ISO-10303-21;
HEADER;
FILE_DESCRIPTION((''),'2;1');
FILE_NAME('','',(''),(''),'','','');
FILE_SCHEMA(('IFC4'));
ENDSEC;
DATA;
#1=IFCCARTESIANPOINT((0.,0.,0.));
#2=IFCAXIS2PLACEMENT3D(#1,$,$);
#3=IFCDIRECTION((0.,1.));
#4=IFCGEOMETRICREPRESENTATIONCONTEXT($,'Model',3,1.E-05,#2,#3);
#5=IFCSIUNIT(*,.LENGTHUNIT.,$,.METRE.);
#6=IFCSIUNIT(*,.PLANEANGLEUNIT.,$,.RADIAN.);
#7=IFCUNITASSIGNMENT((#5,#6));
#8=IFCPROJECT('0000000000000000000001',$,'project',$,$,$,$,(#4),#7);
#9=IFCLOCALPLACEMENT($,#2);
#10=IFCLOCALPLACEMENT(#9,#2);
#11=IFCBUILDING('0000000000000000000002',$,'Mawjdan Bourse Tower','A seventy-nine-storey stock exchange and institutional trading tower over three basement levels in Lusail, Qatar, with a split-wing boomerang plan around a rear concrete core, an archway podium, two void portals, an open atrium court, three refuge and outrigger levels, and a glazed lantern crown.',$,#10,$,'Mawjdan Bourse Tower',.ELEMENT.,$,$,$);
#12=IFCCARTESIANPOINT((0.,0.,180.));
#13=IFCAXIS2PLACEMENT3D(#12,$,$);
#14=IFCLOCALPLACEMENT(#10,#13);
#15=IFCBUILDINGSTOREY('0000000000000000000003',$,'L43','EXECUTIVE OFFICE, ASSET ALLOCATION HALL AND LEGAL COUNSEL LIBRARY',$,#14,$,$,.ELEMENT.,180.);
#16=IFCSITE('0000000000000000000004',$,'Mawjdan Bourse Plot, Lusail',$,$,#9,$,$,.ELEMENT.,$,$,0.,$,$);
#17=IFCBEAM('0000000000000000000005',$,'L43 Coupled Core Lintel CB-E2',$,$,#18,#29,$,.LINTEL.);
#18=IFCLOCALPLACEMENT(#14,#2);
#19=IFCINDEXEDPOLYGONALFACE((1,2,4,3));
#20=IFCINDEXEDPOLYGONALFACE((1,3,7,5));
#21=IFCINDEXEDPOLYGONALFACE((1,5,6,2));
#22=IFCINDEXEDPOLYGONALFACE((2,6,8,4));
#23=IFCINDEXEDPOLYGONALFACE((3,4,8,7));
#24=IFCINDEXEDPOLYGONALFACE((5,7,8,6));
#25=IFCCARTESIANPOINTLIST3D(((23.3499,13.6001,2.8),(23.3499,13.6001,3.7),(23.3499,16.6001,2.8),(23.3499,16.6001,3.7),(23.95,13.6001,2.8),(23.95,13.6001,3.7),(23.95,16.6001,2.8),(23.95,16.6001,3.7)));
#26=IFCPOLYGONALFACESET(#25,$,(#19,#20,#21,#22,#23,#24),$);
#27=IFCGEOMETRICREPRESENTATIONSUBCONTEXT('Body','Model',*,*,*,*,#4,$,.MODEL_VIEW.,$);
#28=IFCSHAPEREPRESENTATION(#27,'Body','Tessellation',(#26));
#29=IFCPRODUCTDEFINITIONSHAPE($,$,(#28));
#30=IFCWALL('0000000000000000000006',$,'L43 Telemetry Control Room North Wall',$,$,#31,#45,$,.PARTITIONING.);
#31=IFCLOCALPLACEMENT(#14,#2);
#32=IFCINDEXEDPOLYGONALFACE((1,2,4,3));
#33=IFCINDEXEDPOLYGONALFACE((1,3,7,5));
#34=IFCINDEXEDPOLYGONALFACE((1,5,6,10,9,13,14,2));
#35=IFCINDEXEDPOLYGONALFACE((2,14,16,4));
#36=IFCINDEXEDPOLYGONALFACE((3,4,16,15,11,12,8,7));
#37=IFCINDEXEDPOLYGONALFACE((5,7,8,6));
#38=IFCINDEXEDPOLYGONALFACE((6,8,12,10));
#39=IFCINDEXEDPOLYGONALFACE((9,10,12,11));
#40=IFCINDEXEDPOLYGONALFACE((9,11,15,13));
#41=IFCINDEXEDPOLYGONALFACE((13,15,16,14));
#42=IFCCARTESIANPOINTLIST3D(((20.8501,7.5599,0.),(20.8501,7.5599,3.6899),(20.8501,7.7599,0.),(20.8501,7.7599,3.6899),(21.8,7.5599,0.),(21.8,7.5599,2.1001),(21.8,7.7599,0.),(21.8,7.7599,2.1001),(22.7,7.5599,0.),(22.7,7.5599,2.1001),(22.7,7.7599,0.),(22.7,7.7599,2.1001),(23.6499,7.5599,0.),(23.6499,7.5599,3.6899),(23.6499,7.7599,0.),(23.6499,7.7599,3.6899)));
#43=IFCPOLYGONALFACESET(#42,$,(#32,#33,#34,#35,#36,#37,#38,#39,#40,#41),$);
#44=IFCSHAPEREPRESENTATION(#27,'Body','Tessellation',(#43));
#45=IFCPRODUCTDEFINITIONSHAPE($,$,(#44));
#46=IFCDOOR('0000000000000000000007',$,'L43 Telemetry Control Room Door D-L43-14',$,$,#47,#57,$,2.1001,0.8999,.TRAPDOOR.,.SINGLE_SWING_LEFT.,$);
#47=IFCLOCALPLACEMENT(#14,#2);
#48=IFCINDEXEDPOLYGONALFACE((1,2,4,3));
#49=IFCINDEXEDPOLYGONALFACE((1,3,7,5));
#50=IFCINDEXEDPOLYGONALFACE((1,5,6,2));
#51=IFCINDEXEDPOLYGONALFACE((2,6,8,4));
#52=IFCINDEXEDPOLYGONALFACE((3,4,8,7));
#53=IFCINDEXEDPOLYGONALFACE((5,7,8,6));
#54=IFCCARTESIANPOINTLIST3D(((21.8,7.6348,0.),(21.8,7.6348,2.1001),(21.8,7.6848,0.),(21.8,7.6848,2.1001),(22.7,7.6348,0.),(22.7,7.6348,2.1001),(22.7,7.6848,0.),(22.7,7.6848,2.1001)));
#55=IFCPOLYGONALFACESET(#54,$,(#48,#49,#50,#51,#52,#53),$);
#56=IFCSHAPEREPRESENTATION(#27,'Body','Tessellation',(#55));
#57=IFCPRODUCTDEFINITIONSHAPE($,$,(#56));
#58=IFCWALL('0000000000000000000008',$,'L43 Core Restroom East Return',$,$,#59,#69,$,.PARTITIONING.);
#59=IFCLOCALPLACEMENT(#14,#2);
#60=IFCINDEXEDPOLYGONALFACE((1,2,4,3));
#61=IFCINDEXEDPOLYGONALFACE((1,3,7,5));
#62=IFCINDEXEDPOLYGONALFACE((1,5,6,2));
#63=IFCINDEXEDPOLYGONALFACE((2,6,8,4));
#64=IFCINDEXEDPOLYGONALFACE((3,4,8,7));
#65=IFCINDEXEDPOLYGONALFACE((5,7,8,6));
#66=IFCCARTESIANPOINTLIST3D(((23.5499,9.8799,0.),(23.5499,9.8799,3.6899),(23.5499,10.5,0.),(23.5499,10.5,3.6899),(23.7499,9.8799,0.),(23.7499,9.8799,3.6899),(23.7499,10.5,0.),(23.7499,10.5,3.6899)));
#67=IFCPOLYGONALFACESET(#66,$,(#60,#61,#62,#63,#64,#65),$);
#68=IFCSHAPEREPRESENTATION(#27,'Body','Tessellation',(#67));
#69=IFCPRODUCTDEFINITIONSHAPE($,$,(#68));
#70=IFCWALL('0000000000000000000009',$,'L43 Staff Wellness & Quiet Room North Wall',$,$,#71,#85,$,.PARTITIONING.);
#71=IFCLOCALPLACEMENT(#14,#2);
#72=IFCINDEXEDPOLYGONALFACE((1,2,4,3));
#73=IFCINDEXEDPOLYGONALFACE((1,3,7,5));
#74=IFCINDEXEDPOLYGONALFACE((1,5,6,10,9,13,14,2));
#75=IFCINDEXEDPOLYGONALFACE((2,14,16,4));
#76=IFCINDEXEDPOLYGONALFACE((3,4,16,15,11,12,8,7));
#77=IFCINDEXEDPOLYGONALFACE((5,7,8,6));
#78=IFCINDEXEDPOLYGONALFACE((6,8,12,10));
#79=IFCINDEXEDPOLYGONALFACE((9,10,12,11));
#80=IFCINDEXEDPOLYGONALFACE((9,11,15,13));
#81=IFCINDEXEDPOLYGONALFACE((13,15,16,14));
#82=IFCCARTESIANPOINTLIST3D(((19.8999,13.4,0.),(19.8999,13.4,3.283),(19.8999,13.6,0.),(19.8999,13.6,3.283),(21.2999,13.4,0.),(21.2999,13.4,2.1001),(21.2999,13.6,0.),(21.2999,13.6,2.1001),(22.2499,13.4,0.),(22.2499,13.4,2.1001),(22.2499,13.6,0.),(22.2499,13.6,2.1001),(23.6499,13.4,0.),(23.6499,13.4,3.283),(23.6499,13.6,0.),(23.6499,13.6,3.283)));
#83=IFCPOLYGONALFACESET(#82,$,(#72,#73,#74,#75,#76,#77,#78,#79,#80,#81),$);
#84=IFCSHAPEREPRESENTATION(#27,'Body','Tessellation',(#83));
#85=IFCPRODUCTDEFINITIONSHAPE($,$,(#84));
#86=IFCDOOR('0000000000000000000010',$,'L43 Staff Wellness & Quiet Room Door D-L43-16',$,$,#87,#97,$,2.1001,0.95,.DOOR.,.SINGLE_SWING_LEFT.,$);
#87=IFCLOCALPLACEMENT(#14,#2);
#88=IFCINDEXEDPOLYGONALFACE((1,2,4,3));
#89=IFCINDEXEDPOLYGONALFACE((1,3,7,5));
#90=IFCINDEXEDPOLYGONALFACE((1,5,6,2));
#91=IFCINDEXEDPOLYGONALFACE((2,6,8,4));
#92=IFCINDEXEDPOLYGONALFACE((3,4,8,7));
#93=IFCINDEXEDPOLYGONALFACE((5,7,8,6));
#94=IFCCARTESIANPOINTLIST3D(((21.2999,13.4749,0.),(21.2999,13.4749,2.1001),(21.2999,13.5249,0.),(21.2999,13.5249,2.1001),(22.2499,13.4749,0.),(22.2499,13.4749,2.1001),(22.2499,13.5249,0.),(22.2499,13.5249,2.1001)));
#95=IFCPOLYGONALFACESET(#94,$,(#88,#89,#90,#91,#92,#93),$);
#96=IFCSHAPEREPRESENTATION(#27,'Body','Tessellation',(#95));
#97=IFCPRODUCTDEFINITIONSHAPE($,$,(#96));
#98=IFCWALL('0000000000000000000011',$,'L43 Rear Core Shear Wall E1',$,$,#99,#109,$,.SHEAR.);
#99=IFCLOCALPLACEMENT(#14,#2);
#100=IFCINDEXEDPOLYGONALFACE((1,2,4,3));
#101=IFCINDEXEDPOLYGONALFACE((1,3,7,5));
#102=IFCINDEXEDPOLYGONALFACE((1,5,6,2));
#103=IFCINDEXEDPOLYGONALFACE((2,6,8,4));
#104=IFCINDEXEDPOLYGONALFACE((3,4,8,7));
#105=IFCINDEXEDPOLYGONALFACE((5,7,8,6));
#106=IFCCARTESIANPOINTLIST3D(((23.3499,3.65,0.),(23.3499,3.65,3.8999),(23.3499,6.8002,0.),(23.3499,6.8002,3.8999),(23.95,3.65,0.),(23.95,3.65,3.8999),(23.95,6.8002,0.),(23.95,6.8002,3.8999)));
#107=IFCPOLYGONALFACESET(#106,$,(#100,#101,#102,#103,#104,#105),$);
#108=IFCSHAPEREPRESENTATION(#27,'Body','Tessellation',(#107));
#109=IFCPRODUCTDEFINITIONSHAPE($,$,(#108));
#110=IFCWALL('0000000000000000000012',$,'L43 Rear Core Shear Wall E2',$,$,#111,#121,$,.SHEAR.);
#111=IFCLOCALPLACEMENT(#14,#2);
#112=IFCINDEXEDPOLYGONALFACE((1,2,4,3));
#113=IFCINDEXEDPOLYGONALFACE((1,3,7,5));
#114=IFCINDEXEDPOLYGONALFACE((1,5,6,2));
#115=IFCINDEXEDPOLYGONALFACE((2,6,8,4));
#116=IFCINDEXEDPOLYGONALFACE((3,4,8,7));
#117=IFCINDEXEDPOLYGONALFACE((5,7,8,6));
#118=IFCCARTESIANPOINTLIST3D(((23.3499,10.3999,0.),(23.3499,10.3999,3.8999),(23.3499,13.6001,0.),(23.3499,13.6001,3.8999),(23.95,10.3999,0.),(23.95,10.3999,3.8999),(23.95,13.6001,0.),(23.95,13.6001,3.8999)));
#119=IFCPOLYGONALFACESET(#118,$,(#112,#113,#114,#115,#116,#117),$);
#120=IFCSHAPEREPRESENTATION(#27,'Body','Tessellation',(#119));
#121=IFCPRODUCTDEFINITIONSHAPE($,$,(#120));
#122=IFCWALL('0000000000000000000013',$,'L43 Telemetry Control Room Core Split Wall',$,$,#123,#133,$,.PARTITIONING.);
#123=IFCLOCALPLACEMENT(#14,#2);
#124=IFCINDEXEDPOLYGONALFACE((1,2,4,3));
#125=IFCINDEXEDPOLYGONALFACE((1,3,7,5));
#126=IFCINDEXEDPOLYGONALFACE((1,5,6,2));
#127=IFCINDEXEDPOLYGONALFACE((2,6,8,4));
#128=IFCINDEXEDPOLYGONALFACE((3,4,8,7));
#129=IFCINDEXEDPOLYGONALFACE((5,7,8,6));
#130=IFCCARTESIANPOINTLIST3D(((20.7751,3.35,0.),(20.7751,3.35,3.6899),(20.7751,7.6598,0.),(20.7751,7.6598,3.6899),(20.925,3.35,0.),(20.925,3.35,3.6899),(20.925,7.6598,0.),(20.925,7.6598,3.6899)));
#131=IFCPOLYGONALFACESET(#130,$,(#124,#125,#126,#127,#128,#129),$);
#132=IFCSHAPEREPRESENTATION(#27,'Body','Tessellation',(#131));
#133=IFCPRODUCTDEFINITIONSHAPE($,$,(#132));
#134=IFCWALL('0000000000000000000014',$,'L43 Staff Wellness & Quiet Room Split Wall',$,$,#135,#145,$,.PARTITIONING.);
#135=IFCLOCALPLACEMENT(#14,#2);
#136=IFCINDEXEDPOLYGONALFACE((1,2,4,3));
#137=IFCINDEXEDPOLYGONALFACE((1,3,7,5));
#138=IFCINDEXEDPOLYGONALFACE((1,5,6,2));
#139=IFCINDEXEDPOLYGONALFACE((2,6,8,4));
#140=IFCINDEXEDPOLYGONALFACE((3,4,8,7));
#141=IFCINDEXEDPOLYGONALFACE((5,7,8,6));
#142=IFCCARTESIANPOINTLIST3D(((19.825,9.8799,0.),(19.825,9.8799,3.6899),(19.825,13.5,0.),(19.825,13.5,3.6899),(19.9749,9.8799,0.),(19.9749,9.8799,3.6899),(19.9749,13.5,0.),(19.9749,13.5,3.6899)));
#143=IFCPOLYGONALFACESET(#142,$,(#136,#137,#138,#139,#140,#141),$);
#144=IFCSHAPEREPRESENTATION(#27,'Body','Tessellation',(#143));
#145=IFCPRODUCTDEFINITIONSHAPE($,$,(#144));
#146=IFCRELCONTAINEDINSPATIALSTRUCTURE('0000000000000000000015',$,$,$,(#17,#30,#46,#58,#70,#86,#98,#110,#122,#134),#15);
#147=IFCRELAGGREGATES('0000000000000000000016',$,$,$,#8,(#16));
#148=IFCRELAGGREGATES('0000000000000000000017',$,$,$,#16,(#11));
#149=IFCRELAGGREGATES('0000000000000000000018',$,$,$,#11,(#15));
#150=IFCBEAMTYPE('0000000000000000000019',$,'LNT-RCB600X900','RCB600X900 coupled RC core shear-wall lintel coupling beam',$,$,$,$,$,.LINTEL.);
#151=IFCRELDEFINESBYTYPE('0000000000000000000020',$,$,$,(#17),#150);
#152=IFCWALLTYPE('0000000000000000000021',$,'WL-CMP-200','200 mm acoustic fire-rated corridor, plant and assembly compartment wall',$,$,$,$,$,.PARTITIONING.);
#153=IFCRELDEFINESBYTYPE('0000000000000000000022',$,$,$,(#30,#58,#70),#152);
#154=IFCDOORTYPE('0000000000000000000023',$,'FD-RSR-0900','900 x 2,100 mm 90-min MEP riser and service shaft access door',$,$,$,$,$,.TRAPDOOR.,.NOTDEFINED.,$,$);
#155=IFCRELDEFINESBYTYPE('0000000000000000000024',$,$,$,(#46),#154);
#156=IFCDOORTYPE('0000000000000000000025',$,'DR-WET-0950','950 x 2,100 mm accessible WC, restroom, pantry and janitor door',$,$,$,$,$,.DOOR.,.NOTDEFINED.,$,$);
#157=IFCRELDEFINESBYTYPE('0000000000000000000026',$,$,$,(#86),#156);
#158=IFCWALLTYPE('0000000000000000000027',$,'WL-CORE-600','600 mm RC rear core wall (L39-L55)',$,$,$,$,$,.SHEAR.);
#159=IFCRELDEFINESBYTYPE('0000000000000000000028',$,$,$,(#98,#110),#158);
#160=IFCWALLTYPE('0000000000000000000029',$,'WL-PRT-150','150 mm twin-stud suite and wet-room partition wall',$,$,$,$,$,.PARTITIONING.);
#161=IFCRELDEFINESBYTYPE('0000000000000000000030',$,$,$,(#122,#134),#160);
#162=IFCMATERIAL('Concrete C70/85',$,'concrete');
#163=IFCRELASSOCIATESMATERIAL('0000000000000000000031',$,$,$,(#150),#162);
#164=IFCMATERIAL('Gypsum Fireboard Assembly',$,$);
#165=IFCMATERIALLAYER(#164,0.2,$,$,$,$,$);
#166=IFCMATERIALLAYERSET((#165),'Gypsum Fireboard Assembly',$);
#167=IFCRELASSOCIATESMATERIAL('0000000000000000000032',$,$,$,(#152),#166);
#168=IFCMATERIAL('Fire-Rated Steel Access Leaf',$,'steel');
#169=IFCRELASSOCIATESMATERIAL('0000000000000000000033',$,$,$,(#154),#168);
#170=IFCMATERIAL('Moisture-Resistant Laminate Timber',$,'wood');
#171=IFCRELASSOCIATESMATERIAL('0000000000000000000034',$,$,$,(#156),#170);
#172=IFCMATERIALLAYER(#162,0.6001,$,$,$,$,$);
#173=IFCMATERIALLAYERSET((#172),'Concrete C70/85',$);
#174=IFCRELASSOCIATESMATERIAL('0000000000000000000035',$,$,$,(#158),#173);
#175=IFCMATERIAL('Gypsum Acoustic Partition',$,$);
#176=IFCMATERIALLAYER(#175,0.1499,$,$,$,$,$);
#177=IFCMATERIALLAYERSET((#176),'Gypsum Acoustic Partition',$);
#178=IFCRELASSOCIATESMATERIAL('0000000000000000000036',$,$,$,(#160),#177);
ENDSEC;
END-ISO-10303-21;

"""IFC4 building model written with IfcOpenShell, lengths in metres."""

from ifc_helpers import new_model, si_unit, direction, frame, frame_2d, origin, origin_2d, place, context, subcontext, project, spatial, rectangle, extrude, material, layer, layer_set, material_profile, profile_set, type_object, element, fill, save


model = new_model("IFC4")

# Units and contexts
model_context = context("Model", 3, precision=1e-05, world=origin(), true_north=direction((0.0, 1.0)))
body_context = subcontext(model_context, "Body", "Model", "MODEL_VIEW")
ifc_project = project(units=[si_unit("LENGTHUNIT", "METRE"), si_unit("PLANEANGLEUNIT", "RADIAN")], contexts=[model_context])

# Site, building, storey
site_placement = place(None, origin())
site = spatial("IfcSite", under=ifc_project, at=site_placement, Name="Mawjdan Bourse Plot, Lusail", CompositionType="ELEMENT", RefElevation=0.0)
building_placement = place(site_placement, origin())
building = spatial("IfcBuilding", under=site, at=building_placement, Name="Mawjdan Bourse Tower", Description="A seventy-nine-storey stock exchange and institutional trading tower over three basement levels in Lusail, Qatar, with a split-wing boomerang plan around a rear concrete core, an archway podium, two void portals, an open atrium court, three refuge and outrigger levels, and a glazed lantern crown.", LongName="Mawjdan Bourse Tower", CompositionType="ELEMENT")
storey_placement = place(building_placement, frame((0.0, 0.0, 180.0)))
storey = spatial("IfcBuildingStorey", under=building, at=storey_placement, Name="L43", Description="EXECUTIVE OFFICE, ASSET ALLOCATION HALL AND LEGAL COUNSEL LIBRARY", CompositionType="ELEMENT", Elevation=180.0)

# Beam
ifc_material_1 = material(Name="Concrete C70/85", Category="concrete")
ifc_material_profile_1 = material_profile(ifc_material_1, rectangle(XDim=0.6001, YDim=0.8999, at=origin_2d()), Name="RCB600X900")
ifc_profile_set_1 = profile_set([ifc_material_profile_1], Name="Concrete C70/85")
beam_type_1 = type_object("IfcBeamType", Name="LNT-RCB600X900", Description="RCB600X900 coupled RC core shear-wall lintel coupling beam", PredefinedType="LINTEL", material=ifc_profile_set_1)
beam_1_placement = place(storey_placement, frame((23.6499, 13.6001, 3.25), z_axis=(0.0, 1.0, 0.0), x_axis=(-1.0, 0.0, 0.0)))
element("IfcBeam", 1, at=beam_1_placement, inside=storey, type_object=beam_type_1, Name="L43 Coupled Core Lintel CB-E2", PredefinedType="LINTEL", context=body_context, shape_type="SweptSolid", body=[
    extrude(rectangle(XDim=0.6001, YDim=0.8999, at=origin_2d()), origin(), (0.0, 0.0, 1.0), 3.0),
])

# Wall, opening, door
ifc_material_2 = material(Name="Gypsum Fireboard Assembly")
ifc_layer_1 = layer(ifc_material_2, 0.2)
ifc_layer_set_1 = layer_set([ifc_layer_1], Name="Gypsum Fireboard Assembly")
wall_type_1 = type_object("IfcWallType", Name="WL-CMP-200", Description="200 mm acoustic fire-rated corridor, plant and assembly compartment wall", PredefinedType="PARTITIONING", material=ifc_layer_set_1)
wall_1_placement = place(storey_placement, frame((20.8501, 7.6599, 0.0), z_axis=(0.0, 0.0, 1.0), x_axis=(1.0, 0.0, 0.0)))
wall_1 = element("IfcWall", 2, at=wall_1_placement, inside=storey, type_object=wall_type_1, Name="L43 Telemetry Control Room North Wall", PredefinedType="PARTITIONING", context=body_context, shape_type="SweptSolid", body=[
    extrude(rectangle(XDim=2.7998, YDim=0.2, at=frame_2d((1.3999, 0.0))), origin(), (0.0, 0.0, 1.0), 3.6899),
])
opening_1_placement = place(wall_1_placement, frame((0.95, 0.0, 0.0)))
opening_1 = element("IfcOpeningElement", 3, at=opening_1_placement, cuts=wall_1, PredefinedType="OPENING", context=body_context, shape_type="SweptSolid", body=[
    extrude(rectangle(XDim=0.8999, YDim=2.1001, at=frame_2d((0.45, 1.05))), frame((0.0, 0.1099, 0.0), z_axis=(0.0, -1.0, 0.0), x_axis=(1.0, 0.0, 0.0)), (0.0, 0.0, 1.0), 0.22),
])
ifc_material_3 = material(Name="Fire-Rated Steel Access Leaf", Category="steel")
door_type_1 = type_object("IfcDoorType", Name="FD-RSR-0900", Description="900 x 2,100 mm 90-min MEP riser and service shaft access door", OperationType="NOTDEFINED", PredefinedType="TRAPDOOR", material=ifc_material_3)
door_1_placement = place(opening_1_placement, origin())
door_1 = element("IfcDoor", 4, at=door_1_placement, inside=storey, type_object=door_type_1, Name="L43 Telemetry Control Room Door D-L43-14", OperationType="SINGLE_SWING_LEFT", OverallHeight=2.1001, OverallWidth=0.8999, PredefinedType="TRAPDOOR", context=body_context, shape_type="SweptSolid", body=[
    extrude(rectangle(XDim=0.8999, YDim=2.1001, at=frame_2d((0.45, 1.05))), frame((0.0, 0.0249, 0.0), z_axis=(0.0, -1.0, 0.0), x_axis=(1.0, 0.0, 0.0)), (0.0, 0.0, 1.0), 0.05),
])
fill(opening_1, door_1)

# Wall
wall_2_placement = place(storey_placement, frame((23.6499, 9.8799, 0.0), z_axis=(0.0, 0.0, 1.0), x_axis=(0.0, 1.0, 0.0)))
element("IfcWall", 5, at=wall_2_placement, inside=storey, type_object=wall_type_1, Name="L43 Core Restroom East Return", PredefinedType="PARTITIONING", context=body_context, shape_type="SweptSolid", body=[
    extrude(rectangle(XDim=0.6201, YDim=0.2, at=frame_2d((0.3101, 0.0))), origin(), (0.0, 0.0, 1.0), 3.6899),
])

# Wall, opening, door
wall_3_placement = place(storey_placement, frame((19.8999, 13.5, 0.0), z_axis=(0.0, 0.0, 1.0), x_axis=(1.0, 0.0, 0.0)))
wall_3 = element("IfcWall", 6, at=wall_3_placement, inside=storey, type_object=wall_type_1, Name="L43 Staff Wellness & Quiet Room North Wall", PredefinedType="PARTITIONING", context=body_context, shape_type="SweptSolid", body=[
    extrude(rectangle(XDim=3.75, YDim=0.2, at=frame_2d((1.875, 0.0))), origin(), (0.0, 0.0, 1.0), 3.283),
])
opening_2_placement = place(wall_3_placement, frame((1.3999, 0.0, 0.0)))
opening_2 = element("IfcOpeningElement", 7, at=opening_2_placement, cuts=wall_3, PredefinedType="OPENING", context=body_context, shape_type="SweptSolid", body=[
    extrude(rectangle(XDim=0.95, YDim=2.1001, at=frame_2d((0.4751, 1.05))), frame((0.0, 0.1099, 0.0), z_axis=(0.0, -1.0, 0.0), x_axis=(1.0, 0.0, 0.0)), (0.0, 0.0, 1.0), 0.22),
])
ifc_material_4 = material(Name="Moisture-Resistant Laminate Timber", Category="wood")
door_type_2 = type_object("IfcDoorType", Name="DR-WET-0950", Description="950 x 2,100 mm accessible WC, restroom, pantry and janitor door", OperationType="NOTDEFINED", PredefinedType="DOOR", material=ifc_material_4)
door_2_placement = place(opening_2_placement, origin())
door_2 = element("IfcDoor", 8, at=door_2_placement, inside=storey, type_object=door_type_2, Name="L43 Staff Wellness & Quiet Room Door D-L43-16", OperationType="SINGLE_SWING_LEFT", OverallHeight=2.1001, OverallWidth=0.95, PredefinedType="DOOR", context=body_context, shape_type="SweptSolid", body=[
    extrude(rectangle(XDim=0.95, YDim=2.1001, at=frame_2d((0.4751, 1.05))), frame((0.0, 0.0249, 0.0), z_axis=(0.0, -1.0, 0.0), x_axis=(1.0, 0.0, 0.0)), (0.0, 0.0, 1.0), 0.05),
])
fill(opening_2, door_2)

# Walls
ifc_layer_2 = layer(ifc_material_1, 0.6001)
ifc_layer_set_2 = layer_set([ifc_layer_2], Name="Concrete C70/85")
wall_type_2 = type_object("IfcWallType", Name="WL-CORE-600", Description="600 mm RC rear core wall (L39-L55)", PredefinedType="SHEAR", material=ifc_layer_set_2)
wall_4_placement = place(storey_placement, frame((23.6499, 3.6499, 0.0), z_axis=(0.0, 0.0, 1.0), x_axis=(0.0, 1.0, 0.0)))
element("IfcWall", 9, at=wall_4_placement, inside=storey, type_object=wall_type_2, Name="L43 Rear Core Shear Wall E1", PredefinedType="SHEAR", context=body_context, shape_type="SweptSolid", body=[
    extrude(rectangle(XDim=3.1501, YDim=0.6001, at=frame_2d((1.5752, 0.0))), origin(), (0.0, 0.0, 1.0), 3.8999),
])
wall_5_placement = place(storey_placement, frame((23.6499, 10.3999, 0.0), z_axis=(0.0, 0.0, 1.0), x_axis=(0.0, 1.0, 0.0)))
element("IfcWall", 10, at=wall_5_placement, inside=storey, type_object=wall_type_2, Name="L43 Rear Core Shear Wall E2", PredefinedType="SHEAR", context=body_context, shape_type="SweptSolid", body=[
    extrude(rectangle(XDim=3.2002, YDim=0.6001, at=frame_2d((1.6001, 0.0))), origin(), (0.0, 0.0, 1.0), 3.8999),
])
ifc_material_5 = material(Name="Gypsum Acoustic Partition")
ifc_layer_3 = layer(ifc_material_5, 0.1499)
ifc_layer_set_3 = layer_set([ifc_layer_3], Name="Gypsum Acoustic Partition")
wall_type_3 = type_object("IfcWallType", Name="WL-PRT-150", Description="150 mm twin-stud suite and wet-room partition wall", PredefinedType="PARTITIONING", material=ifc_layer_set_3)
wall_6_placement = place(storey_placement, frame((20.8501, 3.3501, 0.0), z_axis=(0.0, 0.0, 1.0), x_axis=(0.0, 1.0, 0.0)))
element("IfcWall", 11, at=wall_6_placement, inside=storey, type_object=wall_type_3, Name="L43 Telemetry Control Room Core Split Wall", PredefinedType="PARTITIONING", context=body_context, shape_type="SweptSolid", body=[
    extrude(rectangle(XDim=4.3098, YDim=0.1499, at=frame_2d((2.1548, 0.0))), origin(), (0.0, 0.0, 1.0), 3.6899),
])
wall_7_placement = place(storey_placement, frame((19.8999, 9.8799, 0.0), z_axis=(0.0, 0.0, 1.0), x_axis=(0.0, 1.0, 0.0)))
element("IfcWall", 12, at=wall_7_placement, inside=storey, type_object=wall_type_3, Name="L43 Staff Wellness & Quiet Room Split Wall", PredefinedType="PARTITIONING", context=body_context, shape_type="SweptSolid", body=[
    extrude(rectangle(XDim=3.6201, YDim=0.1499, at=frame_2d((1.8101, 0.0))), origin(), (0.0, 0.0, 1.0), 3.6899),
])

save(model, "model.ifc")
